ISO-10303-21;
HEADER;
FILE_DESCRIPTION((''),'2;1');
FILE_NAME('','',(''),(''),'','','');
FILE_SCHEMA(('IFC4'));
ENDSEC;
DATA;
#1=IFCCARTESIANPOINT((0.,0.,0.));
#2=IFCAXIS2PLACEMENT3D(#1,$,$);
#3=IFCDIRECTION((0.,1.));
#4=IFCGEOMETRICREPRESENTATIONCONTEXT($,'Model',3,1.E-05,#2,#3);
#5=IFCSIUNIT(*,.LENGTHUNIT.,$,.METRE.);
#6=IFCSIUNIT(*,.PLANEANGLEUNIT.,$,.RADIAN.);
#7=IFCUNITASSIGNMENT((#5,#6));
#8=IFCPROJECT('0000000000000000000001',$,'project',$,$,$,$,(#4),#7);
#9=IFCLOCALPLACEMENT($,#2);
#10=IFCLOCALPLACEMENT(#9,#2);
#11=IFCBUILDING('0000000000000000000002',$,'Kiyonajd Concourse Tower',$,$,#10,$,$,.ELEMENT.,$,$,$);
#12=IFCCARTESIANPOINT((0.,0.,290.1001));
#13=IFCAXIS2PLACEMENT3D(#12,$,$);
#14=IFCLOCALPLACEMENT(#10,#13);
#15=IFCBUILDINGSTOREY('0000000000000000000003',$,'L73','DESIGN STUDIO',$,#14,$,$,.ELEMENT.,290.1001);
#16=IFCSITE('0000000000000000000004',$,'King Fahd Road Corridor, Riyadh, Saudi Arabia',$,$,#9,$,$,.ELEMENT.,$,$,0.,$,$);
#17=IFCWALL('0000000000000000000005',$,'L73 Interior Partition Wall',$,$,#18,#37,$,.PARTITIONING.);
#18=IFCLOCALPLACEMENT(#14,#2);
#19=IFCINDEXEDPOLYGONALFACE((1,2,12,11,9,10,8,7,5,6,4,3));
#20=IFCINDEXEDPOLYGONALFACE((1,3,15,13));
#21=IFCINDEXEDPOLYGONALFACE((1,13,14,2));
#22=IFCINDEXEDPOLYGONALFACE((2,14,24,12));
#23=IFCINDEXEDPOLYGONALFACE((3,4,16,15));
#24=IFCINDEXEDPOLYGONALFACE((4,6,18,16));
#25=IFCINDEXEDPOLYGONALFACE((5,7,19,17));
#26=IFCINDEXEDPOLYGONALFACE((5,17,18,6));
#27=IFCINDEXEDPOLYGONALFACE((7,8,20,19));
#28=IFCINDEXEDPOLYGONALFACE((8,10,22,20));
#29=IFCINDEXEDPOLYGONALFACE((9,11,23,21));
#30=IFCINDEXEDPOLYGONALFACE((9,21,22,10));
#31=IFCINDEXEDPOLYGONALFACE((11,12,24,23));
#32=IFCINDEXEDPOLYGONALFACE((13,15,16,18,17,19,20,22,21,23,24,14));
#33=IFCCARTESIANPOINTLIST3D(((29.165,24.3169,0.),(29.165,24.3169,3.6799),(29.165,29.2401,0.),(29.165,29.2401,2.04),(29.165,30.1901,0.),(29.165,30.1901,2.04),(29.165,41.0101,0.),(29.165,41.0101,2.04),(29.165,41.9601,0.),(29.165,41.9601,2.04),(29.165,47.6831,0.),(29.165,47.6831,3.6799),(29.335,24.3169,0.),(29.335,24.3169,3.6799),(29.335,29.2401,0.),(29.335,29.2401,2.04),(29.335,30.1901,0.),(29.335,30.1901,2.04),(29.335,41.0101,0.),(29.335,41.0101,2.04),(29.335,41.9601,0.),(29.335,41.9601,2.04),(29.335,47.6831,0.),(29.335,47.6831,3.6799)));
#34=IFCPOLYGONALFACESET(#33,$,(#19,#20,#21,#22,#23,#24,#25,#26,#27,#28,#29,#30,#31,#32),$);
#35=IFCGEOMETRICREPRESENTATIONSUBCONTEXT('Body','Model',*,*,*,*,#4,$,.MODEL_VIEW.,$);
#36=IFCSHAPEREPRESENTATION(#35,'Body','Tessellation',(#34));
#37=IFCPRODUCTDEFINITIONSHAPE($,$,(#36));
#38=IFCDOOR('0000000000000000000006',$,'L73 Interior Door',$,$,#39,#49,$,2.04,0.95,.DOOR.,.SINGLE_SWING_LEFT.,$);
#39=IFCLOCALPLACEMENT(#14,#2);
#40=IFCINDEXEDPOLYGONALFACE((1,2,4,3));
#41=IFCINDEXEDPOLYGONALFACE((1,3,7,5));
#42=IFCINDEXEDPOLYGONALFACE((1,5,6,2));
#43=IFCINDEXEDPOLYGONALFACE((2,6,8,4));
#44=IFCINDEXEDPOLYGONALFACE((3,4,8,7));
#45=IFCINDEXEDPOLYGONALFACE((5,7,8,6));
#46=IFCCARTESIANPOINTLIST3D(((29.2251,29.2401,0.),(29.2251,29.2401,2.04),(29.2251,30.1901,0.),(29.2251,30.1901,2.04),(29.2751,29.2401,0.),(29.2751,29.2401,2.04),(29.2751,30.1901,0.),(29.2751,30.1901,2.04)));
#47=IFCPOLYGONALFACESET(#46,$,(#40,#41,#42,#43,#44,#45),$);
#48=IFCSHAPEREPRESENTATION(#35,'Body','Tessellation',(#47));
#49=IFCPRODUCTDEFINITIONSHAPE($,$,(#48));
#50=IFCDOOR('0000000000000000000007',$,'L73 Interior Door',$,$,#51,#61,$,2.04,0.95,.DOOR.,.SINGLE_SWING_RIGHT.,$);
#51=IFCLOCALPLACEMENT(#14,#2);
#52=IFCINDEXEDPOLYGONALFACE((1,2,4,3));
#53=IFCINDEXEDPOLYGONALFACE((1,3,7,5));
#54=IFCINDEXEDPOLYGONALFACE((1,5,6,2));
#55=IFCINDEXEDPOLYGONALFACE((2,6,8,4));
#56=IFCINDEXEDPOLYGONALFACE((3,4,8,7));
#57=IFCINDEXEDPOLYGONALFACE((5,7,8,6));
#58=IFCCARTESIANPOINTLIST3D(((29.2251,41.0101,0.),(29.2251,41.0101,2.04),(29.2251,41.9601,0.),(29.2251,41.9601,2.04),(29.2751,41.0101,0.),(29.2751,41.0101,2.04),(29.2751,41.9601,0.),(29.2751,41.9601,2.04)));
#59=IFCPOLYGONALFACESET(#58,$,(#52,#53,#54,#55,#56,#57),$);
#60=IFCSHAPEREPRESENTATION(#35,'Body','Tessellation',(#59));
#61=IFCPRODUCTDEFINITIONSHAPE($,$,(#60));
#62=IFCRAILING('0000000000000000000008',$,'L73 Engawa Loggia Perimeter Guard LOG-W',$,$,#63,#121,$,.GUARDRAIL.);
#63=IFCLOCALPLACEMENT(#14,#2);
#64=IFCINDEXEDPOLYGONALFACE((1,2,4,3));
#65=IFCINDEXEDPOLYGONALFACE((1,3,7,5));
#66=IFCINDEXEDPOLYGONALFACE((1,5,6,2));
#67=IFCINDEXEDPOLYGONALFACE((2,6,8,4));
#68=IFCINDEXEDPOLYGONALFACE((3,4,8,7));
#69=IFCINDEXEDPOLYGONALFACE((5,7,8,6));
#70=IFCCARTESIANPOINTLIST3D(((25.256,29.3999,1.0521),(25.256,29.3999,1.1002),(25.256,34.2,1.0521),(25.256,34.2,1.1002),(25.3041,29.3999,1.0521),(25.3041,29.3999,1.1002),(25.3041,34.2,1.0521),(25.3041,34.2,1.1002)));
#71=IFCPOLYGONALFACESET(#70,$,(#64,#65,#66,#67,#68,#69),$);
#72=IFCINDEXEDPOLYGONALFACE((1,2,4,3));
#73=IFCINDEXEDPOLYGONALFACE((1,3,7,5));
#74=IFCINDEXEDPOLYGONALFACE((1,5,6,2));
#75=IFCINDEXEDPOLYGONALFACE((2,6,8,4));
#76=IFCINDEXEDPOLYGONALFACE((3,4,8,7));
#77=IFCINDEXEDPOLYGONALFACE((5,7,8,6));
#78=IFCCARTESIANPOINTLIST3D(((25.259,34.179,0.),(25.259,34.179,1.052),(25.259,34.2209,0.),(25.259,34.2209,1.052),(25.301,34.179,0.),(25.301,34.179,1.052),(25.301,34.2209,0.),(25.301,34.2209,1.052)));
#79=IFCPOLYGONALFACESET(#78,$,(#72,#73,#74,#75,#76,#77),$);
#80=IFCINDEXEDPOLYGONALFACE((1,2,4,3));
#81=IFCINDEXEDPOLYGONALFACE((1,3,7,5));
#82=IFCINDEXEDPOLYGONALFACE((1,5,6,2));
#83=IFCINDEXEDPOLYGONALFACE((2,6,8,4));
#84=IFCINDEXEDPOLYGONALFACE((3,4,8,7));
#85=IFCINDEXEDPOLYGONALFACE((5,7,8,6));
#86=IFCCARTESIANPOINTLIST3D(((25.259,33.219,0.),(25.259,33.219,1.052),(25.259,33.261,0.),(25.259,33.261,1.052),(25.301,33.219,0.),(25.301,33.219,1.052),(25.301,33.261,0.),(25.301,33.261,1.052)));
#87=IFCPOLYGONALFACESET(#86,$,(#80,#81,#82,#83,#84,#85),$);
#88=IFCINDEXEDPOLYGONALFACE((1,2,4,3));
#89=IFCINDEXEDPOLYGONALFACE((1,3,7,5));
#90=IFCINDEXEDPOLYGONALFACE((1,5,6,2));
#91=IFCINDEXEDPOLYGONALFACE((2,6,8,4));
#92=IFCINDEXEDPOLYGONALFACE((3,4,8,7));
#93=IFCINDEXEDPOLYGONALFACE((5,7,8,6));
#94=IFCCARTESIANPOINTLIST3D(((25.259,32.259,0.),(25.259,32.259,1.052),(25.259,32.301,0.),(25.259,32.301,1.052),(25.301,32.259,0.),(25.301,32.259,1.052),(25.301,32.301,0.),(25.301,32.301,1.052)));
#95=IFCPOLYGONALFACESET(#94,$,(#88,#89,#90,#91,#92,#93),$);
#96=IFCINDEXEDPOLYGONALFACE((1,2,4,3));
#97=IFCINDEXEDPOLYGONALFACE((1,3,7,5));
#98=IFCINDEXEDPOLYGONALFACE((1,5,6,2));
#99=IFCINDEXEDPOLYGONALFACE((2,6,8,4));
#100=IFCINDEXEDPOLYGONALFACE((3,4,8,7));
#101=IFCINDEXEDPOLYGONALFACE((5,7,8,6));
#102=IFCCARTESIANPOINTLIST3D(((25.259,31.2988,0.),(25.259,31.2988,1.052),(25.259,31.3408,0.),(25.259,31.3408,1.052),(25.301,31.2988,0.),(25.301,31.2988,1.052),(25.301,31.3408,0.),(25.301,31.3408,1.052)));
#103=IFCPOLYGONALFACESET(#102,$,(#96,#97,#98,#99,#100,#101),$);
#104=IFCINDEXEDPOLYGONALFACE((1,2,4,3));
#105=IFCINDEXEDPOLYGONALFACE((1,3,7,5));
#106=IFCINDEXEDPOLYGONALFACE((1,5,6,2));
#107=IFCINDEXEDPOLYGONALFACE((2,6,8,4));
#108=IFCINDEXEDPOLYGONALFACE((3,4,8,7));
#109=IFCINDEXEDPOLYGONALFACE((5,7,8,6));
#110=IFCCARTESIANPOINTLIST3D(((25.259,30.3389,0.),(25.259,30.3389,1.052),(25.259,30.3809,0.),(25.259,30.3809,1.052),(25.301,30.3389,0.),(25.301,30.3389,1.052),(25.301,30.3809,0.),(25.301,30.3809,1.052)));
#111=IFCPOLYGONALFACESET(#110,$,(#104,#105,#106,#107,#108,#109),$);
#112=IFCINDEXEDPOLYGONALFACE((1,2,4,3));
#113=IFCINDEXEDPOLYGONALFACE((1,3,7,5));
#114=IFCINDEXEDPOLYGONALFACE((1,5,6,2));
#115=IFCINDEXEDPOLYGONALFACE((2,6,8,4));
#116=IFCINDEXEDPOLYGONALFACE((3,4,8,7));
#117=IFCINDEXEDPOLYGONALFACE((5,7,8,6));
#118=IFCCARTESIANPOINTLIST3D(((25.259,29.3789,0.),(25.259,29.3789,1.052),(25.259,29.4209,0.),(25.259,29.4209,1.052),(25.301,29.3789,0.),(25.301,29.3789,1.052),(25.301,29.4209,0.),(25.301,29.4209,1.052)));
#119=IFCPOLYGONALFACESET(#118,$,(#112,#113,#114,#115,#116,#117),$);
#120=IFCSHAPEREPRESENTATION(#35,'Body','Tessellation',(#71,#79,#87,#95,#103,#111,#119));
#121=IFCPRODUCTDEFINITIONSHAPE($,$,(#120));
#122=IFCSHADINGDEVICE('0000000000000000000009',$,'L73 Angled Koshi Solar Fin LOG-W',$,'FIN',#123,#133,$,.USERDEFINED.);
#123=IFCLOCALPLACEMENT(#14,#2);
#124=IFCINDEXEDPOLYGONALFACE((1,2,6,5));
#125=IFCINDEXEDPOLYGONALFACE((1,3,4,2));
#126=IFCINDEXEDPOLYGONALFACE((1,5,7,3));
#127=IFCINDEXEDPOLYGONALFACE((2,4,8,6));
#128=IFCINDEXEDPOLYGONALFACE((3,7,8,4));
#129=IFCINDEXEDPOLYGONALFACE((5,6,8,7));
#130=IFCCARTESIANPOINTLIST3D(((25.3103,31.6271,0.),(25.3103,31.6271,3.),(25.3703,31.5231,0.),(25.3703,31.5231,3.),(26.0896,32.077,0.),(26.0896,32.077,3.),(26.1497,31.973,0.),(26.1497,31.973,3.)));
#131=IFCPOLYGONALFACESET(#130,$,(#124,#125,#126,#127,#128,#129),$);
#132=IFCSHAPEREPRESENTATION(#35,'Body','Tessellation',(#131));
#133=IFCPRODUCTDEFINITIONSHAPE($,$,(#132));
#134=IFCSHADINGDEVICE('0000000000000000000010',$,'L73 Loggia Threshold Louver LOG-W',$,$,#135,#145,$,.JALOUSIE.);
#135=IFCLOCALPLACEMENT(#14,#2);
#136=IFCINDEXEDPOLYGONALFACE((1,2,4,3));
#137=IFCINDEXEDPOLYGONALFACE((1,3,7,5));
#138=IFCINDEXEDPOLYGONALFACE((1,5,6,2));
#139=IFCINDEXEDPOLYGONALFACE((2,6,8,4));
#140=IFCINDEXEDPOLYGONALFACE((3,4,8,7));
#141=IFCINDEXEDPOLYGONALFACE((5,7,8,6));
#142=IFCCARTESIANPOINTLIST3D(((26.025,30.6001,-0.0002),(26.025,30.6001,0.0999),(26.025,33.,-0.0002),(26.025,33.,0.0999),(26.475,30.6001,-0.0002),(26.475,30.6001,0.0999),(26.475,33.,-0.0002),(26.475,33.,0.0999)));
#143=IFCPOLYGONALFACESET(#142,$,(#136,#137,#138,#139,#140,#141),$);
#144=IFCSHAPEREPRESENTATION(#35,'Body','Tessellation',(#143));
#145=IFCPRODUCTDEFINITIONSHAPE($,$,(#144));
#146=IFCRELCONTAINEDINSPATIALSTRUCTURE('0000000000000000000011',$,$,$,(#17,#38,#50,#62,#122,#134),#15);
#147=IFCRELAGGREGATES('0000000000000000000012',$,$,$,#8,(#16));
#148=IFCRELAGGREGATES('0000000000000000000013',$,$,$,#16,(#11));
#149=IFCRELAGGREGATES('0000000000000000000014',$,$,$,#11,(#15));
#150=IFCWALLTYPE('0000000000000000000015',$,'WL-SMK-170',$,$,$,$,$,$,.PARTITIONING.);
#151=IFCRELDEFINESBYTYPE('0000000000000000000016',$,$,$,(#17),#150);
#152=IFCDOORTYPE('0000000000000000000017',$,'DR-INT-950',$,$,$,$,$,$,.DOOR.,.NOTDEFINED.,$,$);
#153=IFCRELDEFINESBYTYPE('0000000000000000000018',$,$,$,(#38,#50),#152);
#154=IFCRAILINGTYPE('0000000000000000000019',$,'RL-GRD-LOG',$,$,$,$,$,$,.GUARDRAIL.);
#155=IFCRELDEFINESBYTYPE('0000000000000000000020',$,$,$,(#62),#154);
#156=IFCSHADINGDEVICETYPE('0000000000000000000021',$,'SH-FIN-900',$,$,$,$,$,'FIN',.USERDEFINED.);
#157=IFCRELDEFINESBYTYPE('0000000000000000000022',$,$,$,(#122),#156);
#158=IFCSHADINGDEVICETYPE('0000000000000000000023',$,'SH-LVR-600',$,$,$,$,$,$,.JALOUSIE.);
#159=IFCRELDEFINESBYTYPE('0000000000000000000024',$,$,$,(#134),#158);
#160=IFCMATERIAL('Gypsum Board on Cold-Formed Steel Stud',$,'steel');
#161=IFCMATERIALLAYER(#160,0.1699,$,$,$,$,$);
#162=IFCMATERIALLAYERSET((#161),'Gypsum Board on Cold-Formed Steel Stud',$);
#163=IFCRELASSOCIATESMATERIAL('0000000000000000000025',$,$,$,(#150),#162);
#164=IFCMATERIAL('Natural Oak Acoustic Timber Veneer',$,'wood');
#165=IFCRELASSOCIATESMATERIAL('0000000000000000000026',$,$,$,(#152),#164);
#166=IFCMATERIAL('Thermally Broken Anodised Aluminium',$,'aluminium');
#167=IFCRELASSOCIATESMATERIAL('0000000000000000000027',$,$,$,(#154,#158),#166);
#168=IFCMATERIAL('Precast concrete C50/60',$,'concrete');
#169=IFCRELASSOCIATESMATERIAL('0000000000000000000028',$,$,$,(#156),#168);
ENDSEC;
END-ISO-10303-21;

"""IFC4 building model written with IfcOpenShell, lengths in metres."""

from ifc_helpers import new_model, si_unit, direction, frame, frame_2d, origin, origin_2d, place, context, subcontext, project, spatial, rectangle, extrude, material, layer, layer_set, type_object, element, fill, save


model = new_model("IFC4")

# Units and contexts
model_context = context("Model", 3, precision=1e-05, world=origin(), true_north=direction((0.0, 1.0)))
body_context = subcontext(model_context, "Body", "Model", "MODEL_VIEW")
ifc_project = project(units=[si_unit("LENGTHUNIT", "METRE"), si_unit("PLANEANGLEUNIT", "RADIAN")], contexts=[model_context])

# Site, building, storey
site_placement = place(None, origin())
site = spatial("IfcSite", under=ifc_project, at=site_placement, Name="King Fahd Road Corridor, Riyadh, Saudi Arabia", CompositionType="ELEMENT", RefElevation=0.0)
building_placement = place(site_placement, origin())
building = spatial("IfcBuilding", under=site, at=building_placement, Name="Kiyonajd Concourse Tower", CompositionType="ELEMENT")
storey_placement = place(building_placement, frame((0.0, 0.0, 290.1001)))
storey = spatial("IfcBuildingStorey", under=building, at=storey_placement, Name="L73", Description="DESIGN STUDIO", CompositionType="ELEMENT", Elevation=290.1001)

# Shared definitions
ifc_material_1 = material(Name="Thermally Broken Anodised Aluminium", Category="aluminium")

# Shared definitions
ifc_material_2 = material(Name="Precast concrete C50/60", Category="concrete")

# Wall, openings, doors
ifc_material_3 = material(Name="Gypsum Board on Cold-Formed Steel Stud", Category="steel")
ifc_layer_1 = layer(ifc_material_3, 0.1699)
ifc_layer_set_1 = layer_set([ifc_layer_1], Name="Gypsum Board on Cold-Formed Steel Stud")
wall_type_1 = type_object("IfcWallType", Name="WL-SMK-170", PredefinedType="PARTITIONING", material=ifc_layer_set_1)
ifc_material_4 = material(Name="Natural Oak Acoustic Timber Veneer", Category="wood")
door_type_1 = type_object("IfcDoorType", Name="DR-INT-950", OperationType="NOTDEFINED", PredefinedType="DOOR", material=ifc_material_4)
wall_1_placement = place(storey_placement, frame((29.25, 24.3169, 0.0), z_axis=(0.0, 0.0, 1.0), x_axis=(0.0, 1.0, 0.0)))
wall_1 = element("IfcWall", 1, at=wall_1_placement, inside=storey, type_object=wall_type_1, Name="L73 Interior Partition Wall", PredefinedType="PARTITIONING", context=body_context, shape_type="SweptSolid", body=[
    extrude(rectangle(XDim=23.3662, YDim=0.1699, at=frame_2d((11.6831, 0.0))), origin(), (0.0, 0.0, 1.0), 3.6799),
])
opening_1_placement = place(wall_1_placement, frame((4.9231, 0.0, 0.0)))
opening_1 = element("IfcOpeningElement", 2, at=opening_1_placement, cuts=wall_1, PredefinedType="OPENING", context=body_context, shape_type="SweptSolid", body=[
    extrude(rectangle(XDim=0.95, YDim=2.04, at=frame_2d((0.4751, 1.02))), frame((0.0, 0.095, 0.0), z_axis=(0.0, -1.0, 0.0), x_axis=(1.0, 0.0, 0.0)), (0.0, 0.0, 1.0), 0.1899),
])
opening_2_placement = place(wall_1_placement, frame((16.6931, 0.0, 0.0)))
opening_2 = element("IfcOpeningElement", 3, at=opening_2_placement, cuts=wall_1, PredefinedType="OPENING", context=body_context, shape_type="SweptSolid", body=[
    extrude(rectangle(XDim=0.95, YDim=2.04, at=frame_2d((0.4751, 1.02))), frame((0.0, 0.095, 0.0), z_axis=(0.0, -1.0, 0.0), x_axis=(1.0, 0.0, 0.0)), (0.0, 0.0, 1.0), 0.1899),
])
door_1_placement = place(opening_1_placement, origin())
door_1 = element("IfcDoor", 4, at=door_1_placement, inside=storey, type_object=door_type_1, Name="L73 Interior Door", OperationType="SINGLE_SWING_LEFT", OverallHeight=2.04, OverallWidth=0.95, PredefinedType="DOOR", context=body_context, shape_type="SweptSolid", body=[
    extrude(rectangle(XDim=0.95, YDim=2.04, at=frame_2d((0.4751, 1.02))), frame((0.0, 0.0249, 0.0), z_axis=(0.0, -1.0, 0.0), x_axis=(1.0, 0.0, 0.0)), (0.0, 0.0, 1.0), 0.05),
])
fill(opening_1, door_1)
door_2_placement = place(opening_2_placement, origin())
door_2 = element("IfcDoor", 5, at=door_2_placement, inside=storey, type_object=door_type_1, Name="L73 Interior Door", OperationType="SINGLE_SWING_RIGHT", OverallHeight=2.04, OverallWidth=0.95, PredefinedType="DOOR", context=body_context, shape_type="SweptSolid", body=[
    extrude(rectangle(XDim=0.95, YDim=2.04, at=frame_2d((0.4751, 1.02))), frame((0.0, 0.0249, 0.0), z_axis=(0.0, -1.0, 0.0), x_axis=(1.0, 0.0, 0.0)), (0.0, 0.0, 1.0), 0.05),
])
fill(opening_2, door_2)

# Railing
railing_type = type_object("IfcRailingType", Name="RL-GRD-LOG", PredefinedType="GUARDRAIL", material=ifc_material_1)
railing_placement = place(storey_placement, frame((25.28, 34.2, 0.0)))
element("IfcRailing", 6, at=railing_placement, inside=storey, type_object=railing_type, Name="L73 Engawa Loggia Perimeter Guard LOG-W", PredefinedType="GUARDRAIL", context=body_context, shape_type="SweptSolid", body=[
    extrude(rectangle(XDim=0.0481, YDim=0.0481, at=origin_2d()), frame((0.0, 0.0, 1.0762), z_axis=(0.0, -1.0, 0.0), x_axis=(1.0, 0.0, 0.0)), (0.0, 0.0, 1.0), 4.8),
    extrude(rectangle(XDim=0.042, YDim=0.042, at=origin_2d()), origin(), (0.0, 0.0, 1.0), 1.052),
    extrude(rectangle(XDim=0.042, YDim=0.042, at=origin_2d()), frame((0.0, -0.96, 0.0)), (0.0, 0.0, 1.0), 1.052),
    extrude(rectangle(XDim=0.042, YDim=0.042, at=origin_2d()), frame((0.0, -1.9199, 0.0)), (0.0, 0.0, 1.0), 1.052),
    extrude(rectangle(XDim=0.042, YDim=0.042, at=origin_2d()), frame((0.0, -2.8801, 0.0)), (0.0, 0.0, 1.0), 1.052),
    extrude(rectangle(XDim=0.042, YDim=0.042, at=origin_2d()), frame((0.0, -3.8401, 0.0)), (0.0, 0.0, 1.0), 1.052),
    extrude(rectangle(XDim=0.042, YDim=0.042, at=origin_2d()), frame((0.0, -4.8, 0.0)), (0.0, 0.0, 1.0), 1.052),
])

# Shading devices
shading_device_type_1 = type_object("IfcShadingDeviceType", Name="SH-FIN-900", ElementType="FIN", PredefinedType="USERDEFINED", material=ifc_material_2)
shading_device_1_placement = place(storey_placement, frame((25.73, 31.8, 0.0), z_axis=(0.0, 0.0, 1.0), x_axis=(0.866025, 0.5, 0.0)))
element("IfcShadingDevice", 7, at=shading_device_1_placement, inside=storey, type_object=shading_device_type_1, Name="L73 Angled Koshi Solar Fin LOG-W", ObjectType="FIN", PredefinedType="USERDEFINED", context=body_context, shape_type="SweptSolid", body=[
    extrude(rectangle(XDim=0.8999, YDim=0.1201, at=origin_2d()), origin(), (0.0, 0.0, 1.0), 3.0),
])
shading_device_type_2 = type_object("IfcShadingDeviceType", Name="SH-LVR-600", PredefinedType="JALOUSIE", material=ifc_material_1)
shading_device_2_placement = place(storey_placement, frame((26.25, 31.8, -0.0002), z_axis=(0.0, 0.0, 1.0), x_axis=(0.0, 1.0, 0.0)))
element("IfcShadingDevice", 8, at=shading_device_2_placement, inside=storey, type_object=shading_device_type_2, Name="L73 Loggia Threshold Louver LOG-W", PredefinedType="JALOUSIE", context=body_context, shape_type="SweptSolid", body=[
    extrude(rectangle(XDim=2.3999, YDim=0.45, at=origin_2d()), origin(), (0.0, 0.0, 1.0), 0.1001),
])

save(model, "model.ifc")
